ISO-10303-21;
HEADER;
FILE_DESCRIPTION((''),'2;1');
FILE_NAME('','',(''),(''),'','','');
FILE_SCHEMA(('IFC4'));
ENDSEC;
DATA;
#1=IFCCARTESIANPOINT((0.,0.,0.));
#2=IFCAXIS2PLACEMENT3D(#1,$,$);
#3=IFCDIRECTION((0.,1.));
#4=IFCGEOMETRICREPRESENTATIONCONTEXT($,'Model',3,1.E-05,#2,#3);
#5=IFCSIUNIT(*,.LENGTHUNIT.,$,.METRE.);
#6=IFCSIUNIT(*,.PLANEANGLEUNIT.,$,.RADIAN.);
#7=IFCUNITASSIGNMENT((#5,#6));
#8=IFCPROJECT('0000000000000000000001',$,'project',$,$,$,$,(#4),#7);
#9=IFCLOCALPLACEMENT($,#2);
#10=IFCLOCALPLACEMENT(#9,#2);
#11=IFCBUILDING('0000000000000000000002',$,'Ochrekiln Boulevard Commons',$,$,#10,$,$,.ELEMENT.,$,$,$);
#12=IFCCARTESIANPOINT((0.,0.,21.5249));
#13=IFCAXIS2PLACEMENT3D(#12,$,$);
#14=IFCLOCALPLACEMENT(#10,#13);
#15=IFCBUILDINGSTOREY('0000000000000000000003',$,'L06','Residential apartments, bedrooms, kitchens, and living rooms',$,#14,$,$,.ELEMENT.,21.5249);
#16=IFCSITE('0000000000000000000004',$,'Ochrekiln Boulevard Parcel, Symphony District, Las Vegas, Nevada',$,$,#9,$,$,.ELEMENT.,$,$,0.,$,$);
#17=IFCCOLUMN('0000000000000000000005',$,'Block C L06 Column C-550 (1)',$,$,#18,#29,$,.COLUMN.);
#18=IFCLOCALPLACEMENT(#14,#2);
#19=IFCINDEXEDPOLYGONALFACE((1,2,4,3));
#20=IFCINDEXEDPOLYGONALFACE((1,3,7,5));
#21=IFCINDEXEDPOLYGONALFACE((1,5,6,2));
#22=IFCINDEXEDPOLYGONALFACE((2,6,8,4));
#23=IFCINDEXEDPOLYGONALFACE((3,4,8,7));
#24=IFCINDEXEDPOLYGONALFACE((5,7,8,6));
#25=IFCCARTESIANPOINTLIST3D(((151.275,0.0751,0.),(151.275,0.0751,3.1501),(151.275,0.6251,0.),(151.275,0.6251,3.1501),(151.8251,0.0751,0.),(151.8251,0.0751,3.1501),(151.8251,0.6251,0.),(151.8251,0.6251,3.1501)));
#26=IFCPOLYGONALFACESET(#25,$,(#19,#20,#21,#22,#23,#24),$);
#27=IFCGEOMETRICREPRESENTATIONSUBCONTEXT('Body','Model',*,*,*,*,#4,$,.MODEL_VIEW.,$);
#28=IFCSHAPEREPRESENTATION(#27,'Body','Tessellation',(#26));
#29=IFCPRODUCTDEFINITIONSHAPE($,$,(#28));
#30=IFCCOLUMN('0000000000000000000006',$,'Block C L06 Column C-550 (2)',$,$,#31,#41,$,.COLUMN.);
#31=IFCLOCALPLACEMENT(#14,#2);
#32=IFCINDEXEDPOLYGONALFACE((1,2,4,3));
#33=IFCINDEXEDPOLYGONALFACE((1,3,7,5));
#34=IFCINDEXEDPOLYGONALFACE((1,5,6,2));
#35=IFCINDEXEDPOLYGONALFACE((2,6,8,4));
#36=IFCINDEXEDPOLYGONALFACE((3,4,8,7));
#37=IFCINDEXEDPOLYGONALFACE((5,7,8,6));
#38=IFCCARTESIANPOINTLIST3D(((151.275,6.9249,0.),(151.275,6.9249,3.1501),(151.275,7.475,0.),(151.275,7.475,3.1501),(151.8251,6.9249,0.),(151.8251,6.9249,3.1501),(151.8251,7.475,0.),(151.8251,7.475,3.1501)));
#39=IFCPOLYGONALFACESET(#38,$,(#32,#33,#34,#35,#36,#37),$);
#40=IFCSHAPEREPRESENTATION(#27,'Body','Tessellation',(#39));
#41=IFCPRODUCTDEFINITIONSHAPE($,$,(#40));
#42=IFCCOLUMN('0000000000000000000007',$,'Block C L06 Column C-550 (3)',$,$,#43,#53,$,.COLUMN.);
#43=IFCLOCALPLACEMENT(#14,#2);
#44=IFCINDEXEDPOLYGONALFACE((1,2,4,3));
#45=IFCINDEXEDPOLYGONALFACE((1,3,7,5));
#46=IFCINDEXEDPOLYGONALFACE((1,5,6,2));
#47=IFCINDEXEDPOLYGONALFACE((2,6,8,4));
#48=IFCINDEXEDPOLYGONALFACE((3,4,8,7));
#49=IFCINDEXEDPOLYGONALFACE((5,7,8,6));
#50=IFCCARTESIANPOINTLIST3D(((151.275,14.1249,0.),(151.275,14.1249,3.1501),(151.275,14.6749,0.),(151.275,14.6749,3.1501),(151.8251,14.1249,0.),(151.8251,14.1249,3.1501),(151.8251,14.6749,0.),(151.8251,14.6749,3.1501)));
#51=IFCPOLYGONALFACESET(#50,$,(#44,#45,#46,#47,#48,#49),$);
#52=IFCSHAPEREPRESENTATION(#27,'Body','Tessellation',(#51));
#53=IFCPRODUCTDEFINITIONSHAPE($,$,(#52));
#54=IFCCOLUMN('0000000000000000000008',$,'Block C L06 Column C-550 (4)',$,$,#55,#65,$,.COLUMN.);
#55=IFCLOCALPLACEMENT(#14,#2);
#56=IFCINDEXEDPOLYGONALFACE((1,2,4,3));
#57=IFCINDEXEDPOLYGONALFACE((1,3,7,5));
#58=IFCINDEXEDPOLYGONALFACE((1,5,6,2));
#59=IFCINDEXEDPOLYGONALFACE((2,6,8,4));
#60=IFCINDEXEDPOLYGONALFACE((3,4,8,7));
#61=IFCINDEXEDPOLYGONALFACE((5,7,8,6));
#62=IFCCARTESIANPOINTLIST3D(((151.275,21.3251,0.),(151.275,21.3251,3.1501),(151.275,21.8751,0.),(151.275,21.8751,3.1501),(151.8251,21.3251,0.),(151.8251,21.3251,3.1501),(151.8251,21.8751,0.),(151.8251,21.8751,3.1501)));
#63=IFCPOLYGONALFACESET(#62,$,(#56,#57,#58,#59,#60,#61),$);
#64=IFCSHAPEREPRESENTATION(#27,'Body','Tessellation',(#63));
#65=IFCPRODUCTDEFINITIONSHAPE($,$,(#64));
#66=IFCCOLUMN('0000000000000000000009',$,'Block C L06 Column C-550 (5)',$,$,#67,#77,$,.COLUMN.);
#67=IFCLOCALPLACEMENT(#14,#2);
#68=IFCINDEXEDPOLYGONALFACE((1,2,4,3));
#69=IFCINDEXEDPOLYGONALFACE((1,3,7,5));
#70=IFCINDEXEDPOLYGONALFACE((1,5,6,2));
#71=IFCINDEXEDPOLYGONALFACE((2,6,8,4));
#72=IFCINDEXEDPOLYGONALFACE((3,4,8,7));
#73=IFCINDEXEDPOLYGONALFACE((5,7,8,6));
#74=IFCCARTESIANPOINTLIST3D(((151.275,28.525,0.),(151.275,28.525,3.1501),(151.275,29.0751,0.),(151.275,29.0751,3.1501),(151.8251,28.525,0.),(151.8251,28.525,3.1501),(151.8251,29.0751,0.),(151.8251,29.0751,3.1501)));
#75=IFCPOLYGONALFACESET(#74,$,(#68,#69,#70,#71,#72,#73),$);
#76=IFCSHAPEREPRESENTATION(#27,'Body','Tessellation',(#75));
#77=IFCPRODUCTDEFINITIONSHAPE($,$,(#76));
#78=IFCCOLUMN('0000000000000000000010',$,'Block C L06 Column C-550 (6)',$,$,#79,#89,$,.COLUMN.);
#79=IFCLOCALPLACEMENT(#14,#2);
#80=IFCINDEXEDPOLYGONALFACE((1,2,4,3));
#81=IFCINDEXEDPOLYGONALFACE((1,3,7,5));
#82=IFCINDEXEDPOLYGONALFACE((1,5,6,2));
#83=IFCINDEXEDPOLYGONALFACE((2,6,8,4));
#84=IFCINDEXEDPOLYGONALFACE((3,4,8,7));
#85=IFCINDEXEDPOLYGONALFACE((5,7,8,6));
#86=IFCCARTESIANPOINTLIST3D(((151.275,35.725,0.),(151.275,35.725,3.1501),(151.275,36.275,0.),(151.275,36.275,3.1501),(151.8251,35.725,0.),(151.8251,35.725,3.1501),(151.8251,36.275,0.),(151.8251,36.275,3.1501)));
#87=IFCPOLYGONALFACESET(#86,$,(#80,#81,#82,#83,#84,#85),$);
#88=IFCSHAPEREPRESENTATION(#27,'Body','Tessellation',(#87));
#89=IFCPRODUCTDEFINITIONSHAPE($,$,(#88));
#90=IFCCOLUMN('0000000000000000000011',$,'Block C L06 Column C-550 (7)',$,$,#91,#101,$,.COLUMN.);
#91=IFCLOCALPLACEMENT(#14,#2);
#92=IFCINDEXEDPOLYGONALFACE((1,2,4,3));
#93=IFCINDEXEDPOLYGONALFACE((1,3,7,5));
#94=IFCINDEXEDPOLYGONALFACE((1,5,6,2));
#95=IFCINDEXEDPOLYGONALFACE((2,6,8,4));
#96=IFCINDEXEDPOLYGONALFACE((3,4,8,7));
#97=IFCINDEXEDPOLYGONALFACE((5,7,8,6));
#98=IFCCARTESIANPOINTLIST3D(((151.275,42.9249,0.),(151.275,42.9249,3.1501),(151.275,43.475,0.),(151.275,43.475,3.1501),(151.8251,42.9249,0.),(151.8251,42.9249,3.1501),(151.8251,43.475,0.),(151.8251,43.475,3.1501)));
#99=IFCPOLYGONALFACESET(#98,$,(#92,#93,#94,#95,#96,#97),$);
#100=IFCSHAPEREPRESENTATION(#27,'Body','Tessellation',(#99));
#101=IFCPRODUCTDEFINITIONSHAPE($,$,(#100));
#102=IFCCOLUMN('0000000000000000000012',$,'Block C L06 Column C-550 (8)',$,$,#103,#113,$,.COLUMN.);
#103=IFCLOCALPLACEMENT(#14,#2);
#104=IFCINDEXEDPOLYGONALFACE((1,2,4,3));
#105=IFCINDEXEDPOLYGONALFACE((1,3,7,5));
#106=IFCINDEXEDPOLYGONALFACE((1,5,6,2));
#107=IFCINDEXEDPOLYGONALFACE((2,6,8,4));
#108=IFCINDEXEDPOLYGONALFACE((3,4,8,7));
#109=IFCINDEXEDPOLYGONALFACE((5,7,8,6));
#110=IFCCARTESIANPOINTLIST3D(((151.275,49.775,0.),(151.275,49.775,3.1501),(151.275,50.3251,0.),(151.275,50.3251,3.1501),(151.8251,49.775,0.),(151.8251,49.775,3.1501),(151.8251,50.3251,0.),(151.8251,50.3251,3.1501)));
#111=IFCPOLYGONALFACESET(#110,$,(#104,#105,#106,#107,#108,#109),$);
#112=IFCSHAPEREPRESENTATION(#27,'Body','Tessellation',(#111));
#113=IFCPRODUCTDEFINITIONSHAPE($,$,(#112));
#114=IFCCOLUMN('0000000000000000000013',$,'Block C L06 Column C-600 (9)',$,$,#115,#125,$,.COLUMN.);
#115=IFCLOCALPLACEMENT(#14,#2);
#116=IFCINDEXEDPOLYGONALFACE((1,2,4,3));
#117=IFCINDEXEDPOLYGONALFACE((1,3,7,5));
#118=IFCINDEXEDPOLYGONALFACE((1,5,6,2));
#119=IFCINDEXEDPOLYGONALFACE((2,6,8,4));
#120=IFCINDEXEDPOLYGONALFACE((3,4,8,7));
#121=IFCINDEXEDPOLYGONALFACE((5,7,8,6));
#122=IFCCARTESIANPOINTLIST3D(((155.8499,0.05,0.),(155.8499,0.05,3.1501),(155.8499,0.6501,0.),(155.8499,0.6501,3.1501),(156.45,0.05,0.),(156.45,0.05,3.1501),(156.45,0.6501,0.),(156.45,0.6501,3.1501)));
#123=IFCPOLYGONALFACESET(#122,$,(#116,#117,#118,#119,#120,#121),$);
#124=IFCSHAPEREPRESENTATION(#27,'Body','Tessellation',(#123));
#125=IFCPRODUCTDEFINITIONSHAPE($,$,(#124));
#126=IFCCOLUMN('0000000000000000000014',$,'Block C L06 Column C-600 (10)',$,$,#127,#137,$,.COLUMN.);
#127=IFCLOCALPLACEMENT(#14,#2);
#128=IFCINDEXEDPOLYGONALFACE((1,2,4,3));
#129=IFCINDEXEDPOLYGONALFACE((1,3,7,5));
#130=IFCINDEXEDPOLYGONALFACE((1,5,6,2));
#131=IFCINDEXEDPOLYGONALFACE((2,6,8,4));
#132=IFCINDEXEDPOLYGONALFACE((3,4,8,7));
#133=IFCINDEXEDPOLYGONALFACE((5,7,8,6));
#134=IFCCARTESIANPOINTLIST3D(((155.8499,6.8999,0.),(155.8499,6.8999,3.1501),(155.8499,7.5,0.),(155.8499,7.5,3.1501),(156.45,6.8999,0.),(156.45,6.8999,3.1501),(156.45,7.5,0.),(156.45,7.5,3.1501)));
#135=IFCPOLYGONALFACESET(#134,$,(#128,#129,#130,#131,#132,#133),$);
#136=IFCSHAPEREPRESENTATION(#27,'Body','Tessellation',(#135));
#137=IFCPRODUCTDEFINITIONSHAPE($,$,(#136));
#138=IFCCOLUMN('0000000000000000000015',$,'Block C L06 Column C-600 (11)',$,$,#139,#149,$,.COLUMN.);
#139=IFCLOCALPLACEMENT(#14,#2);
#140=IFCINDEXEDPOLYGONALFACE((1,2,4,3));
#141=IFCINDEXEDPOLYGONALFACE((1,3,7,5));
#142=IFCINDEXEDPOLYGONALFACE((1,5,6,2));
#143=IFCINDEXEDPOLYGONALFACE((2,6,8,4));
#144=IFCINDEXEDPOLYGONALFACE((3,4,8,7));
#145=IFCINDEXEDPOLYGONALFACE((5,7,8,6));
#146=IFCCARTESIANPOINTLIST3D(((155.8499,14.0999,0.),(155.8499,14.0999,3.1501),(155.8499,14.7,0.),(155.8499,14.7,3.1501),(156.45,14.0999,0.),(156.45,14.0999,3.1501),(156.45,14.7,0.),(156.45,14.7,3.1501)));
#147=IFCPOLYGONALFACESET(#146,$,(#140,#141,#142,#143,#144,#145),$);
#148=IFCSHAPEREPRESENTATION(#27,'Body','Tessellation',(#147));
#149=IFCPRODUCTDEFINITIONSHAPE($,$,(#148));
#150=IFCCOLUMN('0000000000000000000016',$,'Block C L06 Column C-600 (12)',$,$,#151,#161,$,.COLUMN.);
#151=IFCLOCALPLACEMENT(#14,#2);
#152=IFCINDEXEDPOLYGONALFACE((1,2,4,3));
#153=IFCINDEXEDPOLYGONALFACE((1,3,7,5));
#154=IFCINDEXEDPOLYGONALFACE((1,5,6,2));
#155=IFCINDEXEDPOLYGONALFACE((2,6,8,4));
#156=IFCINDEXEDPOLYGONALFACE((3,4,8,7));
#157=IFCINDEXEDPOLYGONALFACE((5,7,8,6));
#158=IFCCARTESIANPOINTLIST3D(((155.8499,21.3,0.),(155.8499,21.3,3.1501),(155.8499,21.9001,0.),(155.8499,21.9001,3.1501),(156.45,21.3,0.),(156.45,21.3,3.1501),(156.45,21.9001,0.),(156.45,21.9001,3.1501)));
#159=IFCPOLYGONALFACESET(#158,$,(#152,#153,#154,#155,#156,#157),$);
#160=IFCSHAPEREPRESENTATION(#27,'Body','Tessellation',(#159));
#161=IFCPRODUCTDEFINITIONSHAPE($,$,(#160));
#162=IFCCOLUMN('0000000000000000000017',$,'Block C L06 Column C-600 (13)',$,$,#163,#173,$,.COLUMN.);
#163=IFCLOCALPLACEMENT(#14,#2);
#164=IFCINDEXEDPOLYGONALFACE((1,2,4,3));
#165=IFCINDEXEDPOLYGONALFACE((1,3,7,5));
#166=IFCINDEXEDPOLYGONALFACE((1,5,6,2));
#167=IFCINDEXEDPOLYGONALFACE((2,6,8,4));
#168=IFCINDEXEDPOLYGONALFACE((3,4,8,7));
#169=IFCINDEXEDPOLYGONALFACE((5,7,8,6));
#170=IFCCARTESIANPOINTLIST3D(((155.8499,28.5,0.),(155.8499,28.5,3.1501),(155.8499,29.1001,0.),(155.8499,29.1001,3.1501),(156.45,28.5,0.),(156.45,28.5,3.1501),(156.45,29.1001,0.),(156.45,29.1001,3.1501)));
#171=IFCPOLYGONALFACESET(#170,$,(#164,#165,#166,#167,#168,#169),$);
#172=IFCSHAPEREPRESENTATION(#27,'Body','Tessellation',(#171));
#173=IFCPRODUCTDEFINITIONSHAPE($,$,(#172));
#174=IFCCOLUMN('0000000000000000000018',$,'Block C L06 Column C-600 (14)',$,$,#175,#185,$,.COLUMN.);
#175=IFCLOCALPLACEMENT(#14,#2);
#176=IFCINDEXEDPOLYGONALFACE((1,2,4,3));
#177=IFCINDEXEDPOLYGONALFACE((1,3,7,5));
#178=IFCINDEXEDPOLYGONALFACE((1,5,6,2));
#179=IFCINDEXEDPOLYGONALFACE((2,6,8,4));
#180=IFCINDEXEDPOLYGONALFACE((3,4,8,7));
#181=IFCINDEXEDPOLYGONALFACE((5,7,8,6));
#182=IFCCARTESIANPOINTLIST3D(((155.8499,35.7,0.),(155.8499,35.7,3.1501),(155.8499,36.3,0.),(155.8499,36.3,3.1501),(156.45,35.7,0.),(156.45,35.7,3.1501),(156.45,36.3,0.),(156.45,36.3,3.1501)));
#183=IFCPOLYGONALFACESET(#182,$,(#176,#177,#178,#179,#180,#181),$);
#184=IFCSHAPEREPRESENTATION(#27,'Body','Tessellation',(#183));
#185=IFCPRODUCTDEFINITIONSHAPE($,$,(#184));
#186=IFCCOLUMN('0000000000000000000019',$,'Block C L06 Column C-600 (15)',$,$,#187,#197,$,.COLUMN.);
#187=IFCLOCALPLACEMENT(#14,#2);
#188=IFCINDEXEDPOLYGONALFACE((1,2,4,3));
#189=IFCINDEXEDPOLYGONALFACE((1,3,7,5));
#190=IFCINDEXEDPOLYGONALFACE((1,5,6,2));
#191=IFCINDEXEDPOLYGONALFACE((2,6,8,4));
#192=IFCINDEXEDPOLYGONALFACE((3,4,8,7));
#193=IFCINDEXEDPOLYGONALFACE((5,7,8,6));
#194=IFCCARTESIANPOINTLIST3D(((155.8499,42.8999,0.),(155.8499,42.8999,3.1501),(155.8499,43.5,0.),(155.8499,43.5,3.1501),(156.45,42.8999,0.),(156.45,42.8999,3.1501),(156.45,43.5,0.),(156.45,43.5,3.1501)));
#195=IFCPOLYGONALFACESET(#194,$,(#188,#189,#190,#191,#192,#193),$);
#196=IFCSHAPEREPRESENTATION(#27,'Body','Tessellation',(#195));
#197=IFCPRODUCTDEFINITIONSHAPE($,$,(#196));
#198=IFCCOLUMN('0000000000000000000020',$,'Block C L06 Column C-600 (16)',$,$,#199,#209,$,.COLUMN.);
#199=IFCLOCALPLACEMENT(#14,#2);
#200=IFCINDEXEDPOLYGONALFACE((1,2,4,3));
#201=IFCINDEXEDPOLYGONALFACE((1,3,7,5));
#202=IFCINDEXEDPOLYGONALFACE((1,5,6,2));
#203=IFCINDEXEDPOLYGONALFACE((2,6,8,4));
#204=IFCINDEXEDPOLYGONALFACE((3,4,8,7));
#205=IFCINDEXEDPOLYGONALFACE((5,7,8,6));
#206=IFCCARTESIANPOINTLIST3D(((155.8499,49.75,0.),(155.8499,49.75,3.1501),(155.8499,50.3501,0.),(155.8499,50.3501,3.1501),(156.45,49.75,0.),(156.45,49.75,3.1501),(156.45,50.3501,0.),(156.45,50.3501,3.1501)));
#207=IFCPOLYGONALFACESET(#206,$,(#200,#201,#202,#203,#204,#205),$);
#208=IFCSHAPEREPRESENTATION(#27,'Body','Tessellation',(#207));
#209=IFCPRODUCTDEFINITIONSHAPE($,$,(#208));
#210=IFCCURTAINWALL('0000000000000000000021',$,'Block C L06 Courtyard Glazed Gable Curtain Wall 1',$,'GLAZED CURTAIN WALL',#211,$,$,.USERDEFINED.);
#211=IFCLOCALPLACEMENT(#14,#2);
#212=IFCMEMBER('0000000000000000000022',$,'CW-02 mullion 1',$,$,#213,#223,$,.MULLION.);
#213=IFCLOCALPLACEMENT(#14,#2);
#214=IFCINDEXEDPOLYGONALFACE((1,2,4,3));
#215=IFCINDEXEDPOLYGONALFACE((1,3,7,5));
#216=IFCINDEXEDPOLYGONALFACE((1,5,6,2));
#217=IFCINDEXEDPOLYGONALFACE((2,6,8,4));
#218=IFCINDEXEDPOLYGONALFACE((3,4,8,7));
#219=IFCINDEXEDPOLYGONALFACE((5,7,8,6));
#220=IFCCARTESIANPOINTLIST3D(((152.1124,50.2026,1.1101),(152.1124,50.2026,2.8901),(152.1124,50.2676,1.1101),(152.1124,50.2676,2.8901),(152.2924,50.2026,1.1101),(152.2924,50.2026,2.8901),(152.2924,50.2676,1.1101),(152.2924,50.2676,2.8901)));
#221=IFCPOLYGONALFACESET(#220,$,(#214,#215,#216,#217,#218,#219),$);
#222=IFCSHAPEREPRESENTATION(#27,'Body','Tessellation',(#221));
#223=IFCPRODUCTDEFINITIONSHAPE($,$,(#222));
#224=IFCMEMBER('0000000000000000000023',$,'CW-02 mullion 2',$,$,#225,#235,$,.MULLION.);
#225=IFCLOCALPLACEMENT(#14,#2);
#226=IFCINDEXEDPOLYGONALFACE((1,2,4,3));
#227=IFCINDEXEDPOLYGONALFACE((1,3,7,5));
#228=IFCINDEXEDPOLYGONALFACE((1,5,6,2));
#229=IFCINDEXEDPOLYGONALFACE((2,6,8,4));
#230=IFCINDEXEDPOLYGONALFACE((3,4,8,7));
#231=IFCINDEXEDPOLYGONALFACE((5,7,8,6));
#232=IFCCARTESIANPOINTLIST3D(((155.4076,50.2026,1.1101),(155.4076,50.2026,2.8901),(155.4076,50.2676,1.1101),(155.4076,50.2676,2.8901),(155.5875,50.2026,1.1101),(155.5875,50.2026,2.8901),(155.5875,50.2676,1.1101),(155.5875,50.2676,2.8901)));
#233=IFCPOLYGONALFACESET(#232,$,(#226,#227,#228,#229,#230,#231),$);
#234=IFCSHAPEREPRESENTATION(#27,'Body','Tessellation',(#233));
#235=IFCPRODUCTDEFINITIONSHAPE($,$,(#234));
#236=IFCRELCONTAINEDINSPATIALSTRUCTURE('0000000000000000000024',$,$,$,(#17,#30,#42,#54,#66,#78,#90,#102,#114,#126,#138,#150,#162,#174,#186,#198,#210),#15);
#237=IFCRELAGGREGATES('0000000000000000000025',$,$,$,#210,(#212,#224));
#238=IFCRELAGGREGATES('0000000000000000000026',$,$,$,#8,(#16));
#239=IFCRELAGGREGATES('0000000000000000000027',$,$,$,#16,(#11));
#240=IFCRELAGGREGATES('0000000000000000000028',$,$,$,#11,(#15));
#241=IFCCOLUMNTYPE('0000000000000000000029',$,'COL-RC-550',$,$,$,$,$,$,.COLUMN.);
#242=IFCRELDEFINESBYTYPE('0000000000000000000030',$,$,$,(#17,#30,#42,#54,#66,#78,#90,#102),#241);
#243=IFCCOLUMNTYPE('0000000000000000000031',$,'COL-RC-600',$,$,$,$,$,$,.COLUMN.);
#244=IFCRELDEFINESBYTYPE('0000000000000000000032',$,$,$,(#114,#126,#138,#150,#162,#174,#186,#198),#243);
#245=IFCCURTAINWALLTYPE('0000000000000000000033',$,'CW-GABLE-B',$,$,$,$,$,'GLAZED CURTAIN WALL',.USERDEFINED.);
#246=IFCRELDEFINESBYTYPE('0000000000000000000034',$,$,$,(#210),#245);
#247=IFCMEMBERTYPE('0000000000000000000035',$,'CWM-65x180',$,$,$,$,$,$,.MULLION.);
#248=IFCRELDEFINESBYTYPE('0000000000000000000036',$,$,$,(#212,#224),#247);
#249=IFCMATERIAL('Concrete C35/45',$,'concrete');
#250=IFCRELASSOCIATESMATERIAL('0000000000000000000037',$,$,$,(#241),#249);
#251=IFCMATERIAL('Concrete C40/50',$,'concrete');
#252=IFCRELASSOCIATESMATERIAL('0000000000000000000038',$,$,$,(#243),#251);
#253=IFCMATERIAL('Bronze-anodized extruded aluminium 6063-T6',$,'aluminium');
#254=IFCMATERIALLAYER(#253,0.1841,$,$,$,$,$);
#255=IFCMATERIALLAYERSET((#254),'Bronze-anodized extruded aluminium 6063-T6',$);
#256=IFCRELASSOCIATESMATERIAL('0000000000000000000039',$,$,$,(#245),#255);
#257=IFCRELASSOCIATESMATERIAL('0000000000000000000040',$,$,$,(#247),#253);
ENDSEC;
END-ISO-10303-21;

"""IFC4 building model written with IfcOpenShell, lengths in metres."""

from ifc_helpers import new_model, si_unit, direction, frame, origin, origin_2d, place, context, subcontext, project, spatial, rectangle, extrude, material, layer, layer_set, material_profile, profile_set, type_object, element, aggregate, save


model = new_model("IFC4")

# Units and contexts
model_context = context("Model", 3, precision=1e-05, world=origin(), true_north=direction((0.0, 1.0)))
body_context = subcontext(model_context, "Body", "Model", "MODEL_VIEW")
ifc_project = project(units=[si_unit("LENGTHUNIT", "METRE"), si_unit("PLANEANGLEUNIT", "RADIAN")], contexts=[model_context])

# Site, building, storey
site_placement = place(None, origin())
site = spatial("IfcSite", under=ifc_project, at=site_placement, Name="Ochrekiln Boulevard Parcel, Symphony District, Las Vegas, Nevada", CompositionType="ELEMENT", RefElevation=0.0)
building_placement = place(site_placement, origin())
building = spatial("IfcBuilding", under=site, at=building_placement, Name="Ochrekiln Boulevard Commons", CompositionType="ELEMENT")
storey_placement = place(building_placement, frame((0.0, 0.0, 21.5249)))
storey = spatial("IfcBuildingStorey", under=building, at=storey_placement, Name="L06", Description="Residential apartments, bedrooms, kitchens, and living rooms", CompositionType="ELEMENT", Elevation=21.5249)

# Columns
ifc_material_1 = material(Name="Concrete C35/45", Category="concrete")
ifc_material_profile_1 = material_profile(ifc_material_1, rectangle(XDim=0.55, YDim=0.55, at=origin_2d()), Name="RC-COL-550x550")
ifc_profile_set_1 = profile_set([ifc_material_profile_1], Name="Concrete C35/45")
column_type_1 = type_object("IfcColumnType", Name="COL-RC-550", PredefinedType="COLUMN", material=ifc_profile_set_1)
for number, where, z_axis, x_axis, name in (
    (1, (151.55, 0.3501, 0.0), (0.0, 0.0, 1.0), (1.0, 0.0, 0.0), "Block C L06 Column C-550 (1)"),
    (2, (151.55, 7.2, 0.0), (0.0, 0.0, 1.0), (1.0, 0.0, 0.0), "Block C L06 Column C-550 (2)"),
    (3, (151.55, 14.3999, 0.0), (0.0, 0.0, 1.0), (1.0, 0.0, 0.0), "Block C L06 Column C-550 (3)"),
    (4, (151.55, 21.6001, 0.0), (0.0, 0.0, 1.0), (1.0, 0.0, 0.0), "Block C L06 Column C-550 (4)"),
    (5, (151.55, 28.8, 0.0), (0.0, 0.0, 1.0), (1.0, 0.0, 0.0), "Block C L06 Column C-550 (5)"),
    (6, (151.55, 36.0, 0.0), (0.0, 0.0, 1.0), (1.0, 0.0, 0.0), "Block C L06 Column C-550 (6)"),
    (7, (151.55, 43.2, 0.0), (0.0, 0.0, 1.0), (1.0, 0.0, 0.0), "Block C L06 Column C-550 (7)"),
    (8, (151.55, 50.05, 0.0), (0.0, 0.0, 1.0), (1.0, 0.0, 0.0), "Block C L06 Column C-550 (8)"),
):
    element("IfcColumn", number, at=place(storey_placement, frame(where, z_axis=z_axis, x_axis=x_axis)), inside=storey, type_object=column_type_1, Name=name, PredefinedType="COLUMN", context=body_context, shape_type="SweptSolid", body=[
        extrude(rectangle(XDim=0.55, YDim=0.55, at=origin_2d()), origin(), (0.0, 0.0, 1.0), 3.1501),
    ])
ifc_material_2 = material(Name="Concrete C40/50", Category="concrete")
ifc_material_profile_2 = material_profile(ifc_material_2, rectangle(XDim=0.6001, YDim=0.6001, at=origin_2d()), Name="RC-COL-600x600")
ifc_profile_set_2 = profile_set([ifc_material_profile_2], Name="Concrete C40/50")
column_type_2 = type_object("IfcColumnType", Name="COL-RC-600", PredefinedType="COLUMN", material=ifc_profile_set_2)
for number, where, z_axis, x_axis, name in (
    (9, (156.1499, 0.3501, 0.0), (0.0, 0.0, 1.0), (1.0, 0.0, 0.0), "Block C L06 Column C-600 (9)"),
    (10, (156.1499, 7.2, 0.0), (0.0, 0.0, 1.0), (1.0, 0.0, 0.0), "Block C L06 Column C-600 (10)"),
    (11, (156.1499, 14.3999, 0.0), (0.0, 0.0, 1.0), (1.0, 0.0, 0.0), "Block C L06 Column C-600 (11)"),
    (12, (156.1499, 21.6001, 0.0), (0.0, 0.0, 1.0), (1.0, 0.0, 0.0), "Block C L06 Column C-600 (12)"),
    (13, (156.1499, 28.8, 0.0), (0.0, 0.0, 1.0), (1.0, 0.0, 0.0), "Block C L06 Column C-600 (13)"),
    (14, (156.1499, 36.0, 0.0), (0.0, 0.0, 1.0), (1.0, 0.0, 0.0), "Block C L06 Column C-600 (14)"),
    (15, (156.1499, 43.2, 0.0), (0.0, 0.0, 1.0), (1.0, 0.0, 0.0), "Block C L06 Column C-600 (15)"),
    (16, (156.1499, 50.05, 0.0), (0.0, 0.0, 1.0), (1.0, 0.0, 0.0), "Block C L06 Column C-600 (16)"),
):
    element("IfcColumn", number, at=place(storey_placement, frame(where, z_axis=z_axis, x_axis=x_axis)), inside=storey, type_object=column_type_2, Name=name, PredefinedType="COLUMN", context=body_context, shape_type="SweptSolid", body=[
        extrude(rectangle(XDim=0.6001, YDim=0.6001, at=origin_2d()), origin(), (0.0, 0.0, 1.0), 3.1501),
    ])

# Curtain wall, members
ifc_material_3 = material(Name="Bronze-anodized extruded aluminium 6063-T6", Category="aluminium")
ifc_layer_1 = layer(ifc_material_3, 0.1841)
ifc_layer_set_1 = layer_set([ifc_layer_1], Name="Bronze-anodized extruded aluminium 6063-T6")
curtain_wall_type = type_object("IfcCurtainWallType", Name="CW-GABLE-B", ElementType="GLAZED CURTAIN WALL", PredefinedType="USERDEFINED", material=ifc_layer_set_1)
curtain_wall_placement = place(storey_placement, origin())
curtain_wall = element("IfcCurtainWall", 17, at=curtain_wall_placement, inside=storey, type_object=curtain_wall_type, Name="Block C L06 Courtyard Glazed Gable Curtain Wall 1", ObjectType="GLAZED CURTAIN WALL", PredefinedType="USERDEFINED")
ifc_material_profile_3 = material_profile(ifc_material_3, rectangle(XDim=0.0649, YDim=0.1799, at=origin_2d()), Name="ALU-MUL-65x180")
ifc_profile_set_3 = profile_set([ifc_material_profile_3], Name="Bronze-anodized extruded aluminium 6063-T6")
member_type_1 = type_object("IfcMemberType", Name="CWM-65x180", PredefinedType="MULLION", material=ifc_profile_set_3)
member_1_placement = place(storey_placement, frame((152.2024, 50.2351, 1.1101), z_axis=(0.0, 0.0, 1.0), x_axis=(0.0, 1.0, 0.0)))
member_1 = element("IfcMember", 18, at=member_1_placement, type_object=member_type_1, Name="CW-02 mullion 1", PredefinedType="MULLION", context=body_context, shape_type="SweptSolid", body=[
    extrude(rectangle(XDim=0.0649, YDim=0.1799, at=origin_2d()), origin(), (0.0, 0.0, 1.0), 1.78),
])
member_2_placement = place(storey_placement, frame((155.4976, 50.2351, 1.1101), z_axis=(0.0, 0.0, 1.0), x_axis=(0.0, 1.0, 0.0)))
member_2 = element("IfcMember", 19, at=member_2_placement, type_object=member_type_1, Name="CW-02 mullion 2", PredefinedType="MULLION", context=body_context, shape_type="SweptSolid", body=[
    extrude(rectangle(XDim=0.0649, YDim=0.1799, at=origin_2d()), origin(), (0.0, 0.0, 1.0), 1.78),
])
aggregate(curtain_wall, [member_1, member_2])

save(model, "model.ifc")
